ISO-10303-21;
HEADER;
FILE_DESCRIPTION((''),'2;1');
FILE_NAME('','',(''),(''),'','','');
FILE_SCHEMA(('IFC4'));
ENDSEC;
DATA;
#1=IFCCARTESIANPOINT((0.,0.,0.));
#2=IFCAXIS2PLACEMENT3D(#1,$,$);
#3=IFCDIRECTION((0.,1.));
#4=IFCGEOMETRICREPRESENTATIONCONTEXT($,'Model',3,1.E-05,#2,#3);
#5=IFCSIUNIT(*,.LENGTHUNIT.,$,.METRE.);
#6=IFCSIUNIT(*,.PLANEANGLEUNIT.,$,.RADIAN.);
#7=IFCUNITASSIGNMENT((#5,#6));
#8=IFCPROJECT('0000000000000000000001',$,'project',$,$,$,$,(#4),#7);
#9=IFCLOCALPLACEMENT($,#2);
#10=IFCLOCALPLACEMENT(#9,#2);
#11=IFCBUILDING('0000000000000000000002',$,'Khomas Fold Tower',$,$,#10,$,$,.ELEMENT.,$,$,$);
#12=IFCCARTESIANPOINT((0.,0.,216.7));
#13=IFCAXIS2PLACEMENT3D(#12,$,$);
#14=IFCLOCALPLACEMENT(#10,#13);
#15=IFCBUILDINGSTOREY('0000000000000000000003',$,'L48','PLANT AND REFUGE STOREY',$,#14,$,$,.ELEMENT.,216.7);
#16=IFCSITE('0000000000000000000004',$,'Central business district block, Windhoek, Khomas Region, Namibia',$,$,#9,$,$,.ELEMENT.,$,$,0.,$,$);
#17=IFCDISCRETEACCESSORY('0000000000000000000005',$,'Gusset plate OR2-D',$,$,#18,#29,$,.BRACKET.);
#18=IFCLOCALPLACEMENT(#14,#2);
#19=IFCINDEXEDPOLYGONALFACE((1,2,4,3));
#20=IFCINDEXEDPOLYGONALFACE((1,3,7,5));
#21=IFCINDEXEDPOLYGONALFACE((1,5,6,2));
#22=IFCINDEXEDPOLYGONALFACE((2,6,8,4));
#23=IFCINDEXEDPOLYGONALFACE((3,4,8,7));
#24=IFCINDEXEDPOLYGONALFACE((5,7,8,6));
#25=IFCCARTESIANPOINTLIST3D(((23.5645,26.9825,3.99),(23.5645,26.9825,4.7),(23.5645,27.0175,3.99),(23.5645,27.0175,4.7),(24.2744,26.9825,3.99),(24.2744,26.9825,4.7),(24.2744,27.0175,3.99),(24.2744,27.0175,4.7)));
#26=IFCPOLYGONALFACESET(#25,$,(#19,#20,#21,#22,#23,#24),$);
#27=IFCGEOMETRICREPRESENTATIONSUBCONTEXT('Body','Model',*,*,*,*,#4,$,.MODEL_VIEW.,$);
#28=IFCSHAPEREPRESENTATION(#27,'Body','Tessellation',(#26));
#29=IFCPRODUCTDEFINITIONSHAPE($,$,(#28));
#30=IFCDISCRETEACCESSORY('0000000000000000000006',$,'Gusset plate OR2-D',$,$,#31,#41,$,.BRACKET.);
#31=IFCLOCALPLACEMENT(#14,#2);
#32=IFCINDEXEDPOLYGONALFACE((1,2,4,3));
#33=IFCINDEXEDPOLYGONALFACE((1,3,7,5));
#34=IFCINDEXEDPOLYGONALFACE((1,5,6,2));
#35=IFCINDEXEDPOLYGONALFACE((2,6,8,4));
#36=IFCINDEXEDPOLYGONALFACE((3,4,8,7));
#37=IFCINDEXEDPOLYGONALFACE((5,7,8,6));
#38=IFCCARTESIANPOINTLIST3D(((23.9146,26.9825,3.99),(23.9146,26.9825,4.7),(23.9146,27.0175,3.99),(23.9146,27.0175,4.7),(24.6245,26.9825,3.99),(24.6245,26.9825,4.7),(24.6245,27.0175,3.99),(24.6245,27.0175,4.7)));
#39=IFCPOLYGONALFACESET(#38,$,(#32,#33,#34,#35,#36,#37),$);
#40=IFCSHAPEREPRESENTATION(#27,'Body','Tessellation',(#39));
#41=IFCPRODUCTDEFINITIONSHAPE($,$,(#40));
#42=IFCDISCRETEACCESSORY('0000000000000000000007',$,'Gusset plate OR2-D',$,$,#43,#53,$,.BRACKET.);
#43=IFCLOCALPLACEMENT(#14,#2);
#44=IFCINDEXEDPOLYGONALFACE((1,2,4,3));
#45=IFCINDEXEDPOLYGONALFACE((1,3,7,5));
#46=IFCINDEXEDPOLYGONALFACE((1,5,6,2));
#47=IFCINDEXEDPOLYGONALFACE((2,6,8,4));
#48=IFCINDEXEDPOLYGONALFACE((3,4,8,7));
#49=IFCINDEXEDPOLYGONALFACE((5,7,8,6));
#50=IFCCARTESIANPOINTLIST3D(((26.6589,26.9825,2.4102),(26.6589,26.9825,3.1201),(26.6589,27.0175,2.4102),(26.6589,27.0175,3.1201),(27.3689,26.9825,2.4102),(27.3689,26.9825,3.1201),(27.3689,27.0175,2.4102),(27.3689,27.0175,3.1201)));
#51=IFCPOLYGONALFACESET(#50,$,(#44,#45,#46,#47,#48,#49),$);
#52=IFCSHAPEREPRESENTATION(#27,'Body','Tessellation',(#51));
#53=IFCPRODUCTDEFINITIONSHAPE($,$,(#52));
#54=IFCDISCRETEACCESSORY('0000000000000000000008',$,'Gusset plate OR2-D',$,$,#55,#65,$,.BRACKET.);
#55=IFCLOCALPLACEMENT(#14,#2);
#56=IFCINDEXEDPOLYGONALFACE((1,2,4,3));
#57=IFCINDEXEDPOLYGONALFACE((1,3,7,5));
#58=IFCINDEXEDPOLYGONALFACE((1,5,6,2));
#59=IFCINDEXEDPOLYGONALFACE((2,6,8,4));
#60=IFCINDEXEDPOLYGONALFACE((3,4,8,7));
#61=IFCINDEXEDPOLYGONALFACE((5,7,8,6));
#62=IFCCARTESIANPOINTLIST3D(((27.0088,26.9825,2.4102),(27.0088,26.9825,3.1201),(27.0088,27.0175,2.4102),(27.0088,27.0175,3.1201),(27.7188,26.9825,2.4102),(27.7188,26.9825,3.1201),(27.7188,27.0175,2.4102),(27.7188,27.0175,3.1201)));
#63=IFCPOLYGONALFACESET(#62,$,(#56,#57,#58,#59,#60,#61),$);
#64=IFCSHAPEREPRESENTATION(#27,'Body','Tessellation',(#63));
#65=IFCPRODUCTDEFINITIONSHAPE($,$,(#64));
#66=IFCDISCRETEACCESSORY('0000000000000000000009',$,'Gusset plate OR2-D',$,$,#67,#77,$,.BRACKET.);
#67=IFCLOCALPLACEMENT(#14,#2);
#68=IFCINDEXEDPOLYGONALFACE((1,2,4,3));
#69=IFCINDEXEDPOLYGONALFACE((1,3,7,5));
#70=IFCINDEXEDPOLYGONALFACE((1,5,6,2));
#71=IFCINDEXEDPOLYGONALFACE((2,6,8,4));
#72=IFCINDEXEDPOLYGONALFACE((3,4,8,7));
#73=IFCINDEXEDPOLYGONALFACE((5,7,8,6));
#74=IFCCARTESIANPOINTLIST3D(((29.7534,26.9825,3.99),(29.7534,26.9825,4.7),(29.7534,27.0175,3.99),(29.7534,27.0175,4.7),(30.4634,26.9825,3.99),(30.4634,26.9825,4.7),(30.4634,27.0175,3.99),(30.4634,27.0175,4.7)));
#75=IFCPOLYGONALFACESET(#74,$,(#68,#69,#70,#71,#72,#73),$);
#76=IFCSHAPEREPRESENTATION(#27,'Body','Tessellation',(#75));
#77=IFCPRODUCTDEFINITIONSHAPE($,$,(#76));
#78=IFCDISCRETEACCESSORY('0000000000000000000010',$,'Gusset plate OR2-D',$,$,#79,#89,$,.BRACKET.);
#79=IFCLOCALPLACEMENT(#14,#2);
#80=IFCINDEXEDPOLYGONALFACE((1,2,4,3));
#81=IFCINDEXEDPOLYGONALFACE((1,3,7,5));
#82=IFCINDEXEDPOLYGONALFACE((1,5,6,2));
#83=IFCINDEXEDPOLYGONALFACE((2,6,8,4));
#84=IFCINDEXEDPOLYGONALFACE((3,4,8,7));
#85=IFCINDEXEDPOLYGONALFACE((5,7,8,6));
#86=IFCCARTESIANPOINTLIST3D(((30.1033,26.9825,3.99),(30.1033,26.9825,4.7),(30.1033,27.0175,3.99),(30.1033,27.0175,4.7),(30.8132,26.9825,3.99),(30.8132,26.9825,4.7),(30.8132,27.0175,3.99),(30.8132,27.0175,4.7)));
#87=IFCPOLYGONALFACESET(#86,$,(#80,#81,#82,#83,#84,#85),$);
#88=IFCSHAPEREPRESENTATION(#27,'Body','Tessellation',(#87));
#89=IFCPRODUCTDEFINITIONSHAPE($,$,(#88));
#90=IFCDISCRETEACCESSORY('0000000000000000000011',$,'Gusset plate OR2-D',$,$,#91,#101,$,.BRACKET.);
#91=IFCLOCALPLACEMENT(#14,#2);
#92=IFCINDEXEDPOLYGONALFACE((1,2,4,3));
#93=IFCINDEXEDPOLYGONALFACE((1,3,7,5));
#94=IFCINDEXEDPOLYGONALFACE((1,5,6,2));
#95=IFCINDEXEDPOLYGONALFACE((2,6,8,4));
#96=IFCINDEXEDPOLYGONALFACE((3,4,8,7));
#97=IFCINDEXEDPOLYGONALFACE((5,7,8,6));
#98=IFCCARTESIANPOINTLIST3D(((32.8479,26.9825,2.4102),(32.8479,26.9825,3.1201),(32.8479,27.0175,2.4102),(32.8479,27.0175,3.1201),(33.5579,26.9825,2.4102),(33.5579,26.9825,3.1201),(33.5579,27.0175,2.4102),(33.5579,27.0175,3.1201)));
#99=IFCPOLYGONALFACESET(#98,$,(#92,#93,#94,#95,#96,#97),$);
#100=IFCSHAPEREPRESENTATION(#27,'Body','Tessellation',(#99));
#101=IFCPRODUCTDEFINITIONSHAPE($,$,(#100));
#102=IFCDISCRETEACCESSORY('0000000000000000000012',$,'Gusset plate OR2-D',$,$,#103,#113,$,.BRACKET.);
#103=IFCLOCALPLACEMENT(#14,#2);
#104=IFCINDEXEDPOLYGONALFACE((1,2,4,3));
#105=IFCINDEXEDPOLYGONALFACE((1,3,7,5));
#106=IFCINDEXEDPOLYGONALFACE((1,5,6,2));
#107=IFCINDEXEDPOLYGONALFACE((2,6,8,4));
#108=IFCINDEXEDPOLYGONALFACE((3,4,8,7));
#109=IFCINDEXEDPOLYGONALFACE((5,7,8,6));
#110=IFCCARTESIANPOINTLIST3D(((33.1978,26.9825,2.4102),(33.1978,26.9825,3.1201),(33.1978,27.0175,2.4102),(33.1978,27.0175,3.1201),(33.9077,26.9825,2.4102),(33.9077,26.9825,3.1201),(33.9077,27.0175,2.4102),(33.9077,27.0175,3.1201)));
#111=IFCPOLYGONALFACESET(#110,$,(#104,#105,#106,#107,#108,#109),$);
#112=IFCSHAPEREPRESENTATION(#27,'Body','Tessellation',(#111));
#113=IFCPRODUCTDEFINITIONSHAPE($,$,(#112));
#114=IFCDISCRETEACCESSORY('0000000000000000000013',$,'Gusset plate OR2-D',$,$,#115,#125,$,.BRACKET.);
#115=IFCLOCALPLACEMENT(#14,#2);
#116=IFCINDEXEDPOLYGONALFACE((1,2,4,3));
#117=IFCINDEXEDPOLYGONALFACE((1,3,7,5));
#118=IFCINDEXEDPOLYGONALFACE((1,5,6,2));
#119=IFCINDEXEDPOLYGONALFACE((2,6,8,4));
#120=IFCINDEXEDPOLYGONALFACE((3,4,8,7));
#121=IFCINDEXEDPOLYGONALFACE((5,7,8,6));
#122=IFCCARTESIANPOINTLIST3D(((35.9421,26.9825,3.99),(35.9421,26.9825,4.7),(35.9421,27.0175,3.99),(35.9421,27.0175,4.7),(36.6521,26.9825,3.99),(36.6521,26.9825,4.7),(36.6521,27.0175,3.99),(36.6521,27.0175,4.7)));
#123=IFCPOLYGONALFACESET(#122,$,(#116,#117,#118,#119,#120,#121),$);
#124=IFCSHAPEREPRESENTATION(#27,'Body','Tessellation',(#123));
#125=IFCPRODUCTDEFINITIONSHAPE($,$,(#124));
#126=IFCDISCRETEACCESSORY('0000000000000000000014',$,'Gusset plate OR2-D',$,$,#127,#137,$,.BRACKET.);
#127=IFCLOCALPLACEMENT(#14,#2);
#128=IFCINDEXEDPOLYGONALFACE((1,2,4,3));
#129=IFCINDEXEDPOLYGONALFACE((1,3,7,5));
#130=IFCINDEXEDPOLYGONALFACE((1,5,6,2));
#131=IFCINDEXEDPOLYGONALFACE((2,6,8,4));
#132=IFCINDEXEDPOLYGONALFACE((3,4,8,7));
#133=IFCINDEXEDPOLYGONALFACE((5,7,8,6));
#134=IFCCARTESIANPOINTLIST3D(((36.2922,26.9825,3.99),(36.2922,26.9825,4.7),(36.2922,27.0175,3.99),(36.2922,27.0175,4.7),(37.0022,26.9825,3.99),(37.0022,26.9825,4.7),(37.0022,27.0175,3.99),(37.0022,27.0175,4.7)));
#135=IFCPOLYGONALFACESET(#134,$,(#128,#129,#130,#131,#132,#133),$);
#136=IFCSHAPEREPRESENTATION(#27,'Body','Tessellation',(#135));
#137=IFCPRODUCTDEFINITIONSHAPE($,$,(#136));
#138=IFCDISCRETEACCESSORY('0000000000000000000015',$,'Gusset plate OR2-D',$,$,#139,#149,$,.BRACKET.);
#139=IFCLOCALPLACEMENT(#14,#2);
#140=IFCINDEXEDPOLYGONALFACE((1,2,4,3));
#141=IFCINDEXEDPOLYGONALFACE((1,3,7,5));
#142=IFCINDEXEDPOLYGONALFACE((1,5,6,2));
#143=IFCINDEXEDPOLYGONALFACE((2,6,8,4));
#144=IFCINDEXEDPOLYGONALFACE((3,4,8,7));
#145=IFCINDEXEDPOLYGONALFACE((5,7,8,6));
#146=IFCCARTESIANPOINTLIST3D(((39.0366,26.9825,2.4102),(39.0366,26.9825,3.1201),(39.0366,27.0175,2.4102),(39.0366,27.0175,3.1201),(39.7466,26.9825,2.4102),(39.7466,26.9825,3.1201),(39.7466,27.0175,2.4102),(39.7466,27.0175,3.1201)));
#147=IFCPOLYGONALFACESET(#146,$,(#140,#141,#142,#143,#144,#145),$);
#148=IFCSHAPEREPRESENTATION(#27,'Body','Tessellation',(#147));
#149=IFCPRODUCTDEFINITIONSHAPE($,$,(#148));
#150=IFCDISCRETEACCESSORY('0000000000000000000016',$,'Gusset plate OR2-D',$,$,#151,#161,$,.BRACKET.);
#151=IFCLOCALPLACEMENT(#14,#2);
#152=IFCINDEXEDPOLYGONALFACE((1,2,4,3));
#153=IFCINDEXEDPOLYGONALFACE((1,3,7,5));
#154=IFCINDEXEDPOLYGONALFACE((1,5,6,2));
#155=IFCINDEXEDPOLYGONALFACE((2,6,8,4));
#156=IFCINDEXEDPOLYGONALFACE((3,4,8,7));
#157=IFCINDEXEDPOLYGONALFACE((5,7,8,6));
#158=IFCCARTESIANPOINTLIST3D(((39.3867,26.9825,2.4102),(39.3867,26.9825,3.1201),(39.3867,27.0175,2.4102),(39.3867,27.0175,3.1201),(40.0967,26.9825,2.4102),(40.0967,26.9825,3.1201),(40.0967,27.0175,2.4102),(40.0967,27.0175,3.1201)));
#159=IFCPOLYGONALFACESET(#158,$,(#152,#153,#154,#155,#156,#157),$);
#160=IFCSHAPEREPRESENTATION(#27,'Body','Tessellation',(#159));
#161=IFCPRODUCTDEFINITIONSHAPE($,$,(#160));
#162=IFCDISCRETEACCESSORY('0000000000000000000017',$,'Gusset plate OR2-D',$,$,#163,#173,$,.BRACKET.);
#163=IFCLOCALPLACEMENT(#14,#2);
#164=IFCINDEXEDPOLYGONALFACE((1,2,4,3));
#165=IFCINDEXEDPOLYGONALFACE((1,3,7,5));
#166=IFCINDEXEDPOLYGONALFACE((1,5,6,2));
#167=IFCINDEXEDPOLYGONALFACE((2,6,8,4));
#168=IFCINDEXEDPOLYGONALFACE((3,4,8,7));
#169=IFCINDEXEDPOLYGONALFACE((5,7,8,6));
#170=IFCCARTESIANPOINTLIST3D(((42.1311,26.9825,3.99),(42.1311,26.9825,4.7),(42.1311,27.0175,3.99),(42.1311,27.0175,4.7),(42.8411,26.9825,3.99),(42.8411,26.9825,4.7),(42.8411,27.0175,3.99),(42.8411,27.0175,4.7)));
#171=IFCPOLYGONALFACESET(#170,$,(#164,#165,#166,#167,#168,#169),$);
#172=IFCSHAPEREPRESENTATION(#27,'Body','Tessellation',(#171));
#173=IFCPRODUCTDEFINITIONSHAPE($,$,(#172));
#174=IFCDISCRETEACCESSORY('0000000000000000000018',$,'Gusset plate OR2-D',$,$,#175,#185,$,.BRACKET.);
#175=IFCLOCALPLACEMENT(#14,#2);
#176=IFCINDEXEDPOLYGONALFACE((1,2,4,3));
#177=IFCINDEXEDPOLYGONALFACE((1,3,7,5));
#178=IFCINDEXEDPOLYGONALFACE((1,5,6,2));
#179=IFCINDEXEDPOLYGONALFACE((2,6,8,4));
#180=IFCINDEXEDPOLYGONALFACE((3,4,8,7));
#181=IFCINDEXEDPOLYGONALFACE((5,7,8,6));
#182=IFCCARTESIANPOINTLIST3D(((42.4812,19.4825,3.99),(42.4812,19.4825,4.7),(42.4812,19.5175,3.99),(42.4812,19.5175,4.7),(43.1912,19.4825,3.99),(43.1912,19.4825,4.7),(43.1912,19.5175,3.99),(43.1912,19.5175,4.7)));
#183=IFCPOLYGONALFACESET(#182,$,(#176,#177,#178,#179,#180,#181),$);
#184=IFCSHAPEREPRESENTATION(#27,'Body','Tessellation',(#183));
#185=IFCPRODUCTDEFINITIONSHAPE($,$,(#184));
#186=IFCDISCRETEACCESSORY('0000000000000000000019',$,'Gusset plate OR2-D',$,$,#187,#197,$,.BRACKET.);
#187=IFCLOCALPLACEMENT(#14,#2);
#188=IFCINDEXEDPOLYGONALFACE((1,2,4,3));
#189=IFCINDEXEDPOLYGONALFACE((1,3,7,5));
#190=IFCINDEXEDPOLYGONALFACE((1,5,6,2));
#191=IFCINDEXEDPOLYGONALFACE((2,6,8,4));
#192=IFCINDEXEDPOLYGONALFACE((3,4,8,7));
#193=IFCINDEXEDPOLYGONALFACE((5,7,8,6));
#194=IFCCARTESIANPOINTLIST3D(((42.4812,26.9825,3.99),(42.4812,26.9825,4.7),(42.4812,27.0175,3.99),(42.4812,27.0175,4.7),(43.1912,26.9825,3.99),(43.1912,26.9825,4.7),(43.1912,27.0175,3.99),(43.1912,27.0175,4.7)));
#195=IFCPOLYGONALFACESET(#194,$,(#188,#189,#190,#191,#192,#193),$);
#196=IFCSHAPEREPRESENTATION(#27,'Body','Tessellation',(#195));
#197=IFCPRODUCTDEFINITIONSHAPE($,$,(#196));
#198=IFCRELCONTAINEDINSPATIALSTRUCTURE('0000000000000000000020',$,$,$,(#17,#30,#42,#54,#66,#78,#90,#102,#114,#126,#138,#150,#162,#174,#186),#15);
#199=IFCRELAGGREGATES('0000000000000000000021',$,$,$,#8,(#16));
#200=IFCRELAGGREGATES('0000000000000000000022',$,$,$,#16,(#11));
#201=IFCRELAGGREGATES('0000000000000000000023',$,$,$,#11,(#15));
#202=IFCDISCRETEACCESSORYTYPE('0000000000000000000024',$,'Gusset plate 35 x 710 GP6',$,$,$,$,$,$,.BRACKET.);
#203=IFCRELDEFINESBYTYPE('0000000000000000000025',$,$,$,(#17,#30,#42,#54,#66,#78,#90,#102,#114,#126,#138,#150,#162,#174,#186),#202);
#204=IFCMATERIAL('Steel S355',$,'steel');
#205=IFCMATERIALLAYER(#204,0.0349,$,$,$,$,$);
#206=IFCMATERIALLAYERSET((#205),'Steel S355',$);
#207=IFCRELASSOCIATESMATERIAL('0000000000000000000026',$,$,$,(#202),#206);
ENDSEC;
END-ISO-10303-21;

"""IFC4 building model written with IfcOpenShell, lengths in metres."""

from ifc_helpers import new_model, si_unit, direction, frame, origin, origin_2d, place, context, subcontext, project, spatial, rectangle, extrude, source, transform, mapped, material, layer, layer_set, type_object, element, save


model = new_model("IFC4")

# Units and contexts
model_context = context("Model", 3, precision=1e-05, world=origin(), true_north=direction((0.0, 1.0)))
body_context = subcontext(model_context, "Body", "Model", "MODEL_VIEW")
ifc_project = project(units=[si_unit("LENGTHUNIT", "METRE"), si_unit("PLANEANGLEUNIT", "RADIAN")], contexts=[model_context])

# Site, building, storey
site_placement = place(None, origin())
site = spatial("IfcSite", under=ifc_project, at=site_placement, Name="Central business district block, Windhoek, Khomas Region, Namibia", CompositionType="ELEMENT", RefElevation=0.0)
building_placement = place(site_placement, origin())
building = spatial("IfcBuilding", under=site, at=building_placement, Name="Khomas Fold Tower", CompositionType="ELEMENT")
storey_placement = place(building_placement, frame((0.0, 0.0, 216.7)))
storey = spatial("IfcBuildingStorey", under=building, at=storey_placement, Name="L48", Description="PLANT AND REFUGE STOREY", CompositionType="ELEMENT", Elevation=216.7)

# Discrete accessories
ifc_material_1 = material(Name="Steel S355", Category="steel")
ifc_layer_1 = layer(ifc_material_1, 0.0349)
ifc_layer_set_1 = layer_set([ifc_layer_1], Name="Steel S355")
discrete_accessory_type = type_object("IfcDiscreteAccessoryType", Name="Gusset plate 35 x 710 GP6", PredefinedType="BRACKET", material=ifc_layer_set_1)
shared_shape_1 = source(origin(), body_context, "Body", "SweptSolid", [
    extrude(rectangle(XDim=0.71, YDim=0.0349, at=origin_2d()), origin(), (0.0, 0.0, 1.0), 0.71),
])
for number, where, z_axis, x_axis, name in (
    (1, (23.9194, 27.0, 3.99), (0.0, 0.0, 1.0), (1.0, 0.0, 0.0), "Gusset plate OR2-D"),
    (2, (24.2695, 27.0, 3.99), (0.0, 0.0, 1.0), (1.0, 0.0, 0.0), "Gusset plate OR2-D"),
    (3, (27.0139, 27.0, 2.4102), (0.0, 0.0, 1.0), (1.0, 0.0, 0.0), "Gusset plate OR2-D"),
    (4, (27.3638, 27.0, 2.4102), (0.0, 0.0, 1.0), (1.0, 0.0, 0.0), "Gusset plate OR2-D"),
    (5, (30.1084, 27.0, 3.99), (0.0, 0.0, 1.0), (1.0, 0.0, 0.0), "Gusset plate OR2-D"),
    (6, (30.4583, 27.0, 3.99), (0.0, 0.0, 1.0), (1.0, 0.0, 0.0), "Gusset plate OR2-D"),
    (7, (33.2029, 27.0, 2.4102), (0.0, 0.0, 1.0), (1.0, 0.0, 0.0), "Gusset plate OR2-D"),
    (8, (33.5527, 27.0, 2.4102), (0.0, 0.0, 1.0), (1.0, 0.0, 0.0), "Gusset plate OR2-D"),
    (9, (36.2971, 27.0, 3.99), (0.0, 0.0, 1.0), (1.0, 0.0, 0.0), "Gusset plate OR2-D"),
    (10, (36.6472, 27.0, 3.99), (0.0, 0.0, 1.0), (1.0, 0.0, 0.0), "Gusset plate OR2-D"),
    (11, (39.3916, 27.0, 2.4102), (0.0, 0.0, 1.0), (1.0, 0.0, 0.0), "Gusset plate OR2-D"),
    (12, (39.7417, 27.0, 2.4102), (0.0, 0.0, 1.0), (1.0, 0.0, 0.0), "Gusset plate OR2-D"),
    (13, (42.4861, 27.0, 3.99), (0.0, 0.0, 1.0), (1.0, 0.0, 0.0), "Gusset plate OR2-D"),
    (14, (42.8362, 19.5, 3.99), (0.0, 0.0, 1.0), (1.0, 0.0, 0.0), "Gusset plate OR2-D"),
    (15, (42.8362, 27.0, 3.99), (0.0, 0.0, 1.0), (1.0, 0.0, 0.0), "Gusset plate OR2-D"),
):
    element("IfcDiscreteAccessory", number, at=place(storey_placement, frame(where, z_axis=z_axis, x_axis=x_axis)), inside=storey, type_object=discrete_accessory_type, Name=name, PredefinedType="BRACKET", context=body_context, shape_type="MappedRepresentation", body=[
        mapped(shared_shape_1, transform((0.0, 0.0, 0.0))),
    ])

save(model, "model.ifc")
